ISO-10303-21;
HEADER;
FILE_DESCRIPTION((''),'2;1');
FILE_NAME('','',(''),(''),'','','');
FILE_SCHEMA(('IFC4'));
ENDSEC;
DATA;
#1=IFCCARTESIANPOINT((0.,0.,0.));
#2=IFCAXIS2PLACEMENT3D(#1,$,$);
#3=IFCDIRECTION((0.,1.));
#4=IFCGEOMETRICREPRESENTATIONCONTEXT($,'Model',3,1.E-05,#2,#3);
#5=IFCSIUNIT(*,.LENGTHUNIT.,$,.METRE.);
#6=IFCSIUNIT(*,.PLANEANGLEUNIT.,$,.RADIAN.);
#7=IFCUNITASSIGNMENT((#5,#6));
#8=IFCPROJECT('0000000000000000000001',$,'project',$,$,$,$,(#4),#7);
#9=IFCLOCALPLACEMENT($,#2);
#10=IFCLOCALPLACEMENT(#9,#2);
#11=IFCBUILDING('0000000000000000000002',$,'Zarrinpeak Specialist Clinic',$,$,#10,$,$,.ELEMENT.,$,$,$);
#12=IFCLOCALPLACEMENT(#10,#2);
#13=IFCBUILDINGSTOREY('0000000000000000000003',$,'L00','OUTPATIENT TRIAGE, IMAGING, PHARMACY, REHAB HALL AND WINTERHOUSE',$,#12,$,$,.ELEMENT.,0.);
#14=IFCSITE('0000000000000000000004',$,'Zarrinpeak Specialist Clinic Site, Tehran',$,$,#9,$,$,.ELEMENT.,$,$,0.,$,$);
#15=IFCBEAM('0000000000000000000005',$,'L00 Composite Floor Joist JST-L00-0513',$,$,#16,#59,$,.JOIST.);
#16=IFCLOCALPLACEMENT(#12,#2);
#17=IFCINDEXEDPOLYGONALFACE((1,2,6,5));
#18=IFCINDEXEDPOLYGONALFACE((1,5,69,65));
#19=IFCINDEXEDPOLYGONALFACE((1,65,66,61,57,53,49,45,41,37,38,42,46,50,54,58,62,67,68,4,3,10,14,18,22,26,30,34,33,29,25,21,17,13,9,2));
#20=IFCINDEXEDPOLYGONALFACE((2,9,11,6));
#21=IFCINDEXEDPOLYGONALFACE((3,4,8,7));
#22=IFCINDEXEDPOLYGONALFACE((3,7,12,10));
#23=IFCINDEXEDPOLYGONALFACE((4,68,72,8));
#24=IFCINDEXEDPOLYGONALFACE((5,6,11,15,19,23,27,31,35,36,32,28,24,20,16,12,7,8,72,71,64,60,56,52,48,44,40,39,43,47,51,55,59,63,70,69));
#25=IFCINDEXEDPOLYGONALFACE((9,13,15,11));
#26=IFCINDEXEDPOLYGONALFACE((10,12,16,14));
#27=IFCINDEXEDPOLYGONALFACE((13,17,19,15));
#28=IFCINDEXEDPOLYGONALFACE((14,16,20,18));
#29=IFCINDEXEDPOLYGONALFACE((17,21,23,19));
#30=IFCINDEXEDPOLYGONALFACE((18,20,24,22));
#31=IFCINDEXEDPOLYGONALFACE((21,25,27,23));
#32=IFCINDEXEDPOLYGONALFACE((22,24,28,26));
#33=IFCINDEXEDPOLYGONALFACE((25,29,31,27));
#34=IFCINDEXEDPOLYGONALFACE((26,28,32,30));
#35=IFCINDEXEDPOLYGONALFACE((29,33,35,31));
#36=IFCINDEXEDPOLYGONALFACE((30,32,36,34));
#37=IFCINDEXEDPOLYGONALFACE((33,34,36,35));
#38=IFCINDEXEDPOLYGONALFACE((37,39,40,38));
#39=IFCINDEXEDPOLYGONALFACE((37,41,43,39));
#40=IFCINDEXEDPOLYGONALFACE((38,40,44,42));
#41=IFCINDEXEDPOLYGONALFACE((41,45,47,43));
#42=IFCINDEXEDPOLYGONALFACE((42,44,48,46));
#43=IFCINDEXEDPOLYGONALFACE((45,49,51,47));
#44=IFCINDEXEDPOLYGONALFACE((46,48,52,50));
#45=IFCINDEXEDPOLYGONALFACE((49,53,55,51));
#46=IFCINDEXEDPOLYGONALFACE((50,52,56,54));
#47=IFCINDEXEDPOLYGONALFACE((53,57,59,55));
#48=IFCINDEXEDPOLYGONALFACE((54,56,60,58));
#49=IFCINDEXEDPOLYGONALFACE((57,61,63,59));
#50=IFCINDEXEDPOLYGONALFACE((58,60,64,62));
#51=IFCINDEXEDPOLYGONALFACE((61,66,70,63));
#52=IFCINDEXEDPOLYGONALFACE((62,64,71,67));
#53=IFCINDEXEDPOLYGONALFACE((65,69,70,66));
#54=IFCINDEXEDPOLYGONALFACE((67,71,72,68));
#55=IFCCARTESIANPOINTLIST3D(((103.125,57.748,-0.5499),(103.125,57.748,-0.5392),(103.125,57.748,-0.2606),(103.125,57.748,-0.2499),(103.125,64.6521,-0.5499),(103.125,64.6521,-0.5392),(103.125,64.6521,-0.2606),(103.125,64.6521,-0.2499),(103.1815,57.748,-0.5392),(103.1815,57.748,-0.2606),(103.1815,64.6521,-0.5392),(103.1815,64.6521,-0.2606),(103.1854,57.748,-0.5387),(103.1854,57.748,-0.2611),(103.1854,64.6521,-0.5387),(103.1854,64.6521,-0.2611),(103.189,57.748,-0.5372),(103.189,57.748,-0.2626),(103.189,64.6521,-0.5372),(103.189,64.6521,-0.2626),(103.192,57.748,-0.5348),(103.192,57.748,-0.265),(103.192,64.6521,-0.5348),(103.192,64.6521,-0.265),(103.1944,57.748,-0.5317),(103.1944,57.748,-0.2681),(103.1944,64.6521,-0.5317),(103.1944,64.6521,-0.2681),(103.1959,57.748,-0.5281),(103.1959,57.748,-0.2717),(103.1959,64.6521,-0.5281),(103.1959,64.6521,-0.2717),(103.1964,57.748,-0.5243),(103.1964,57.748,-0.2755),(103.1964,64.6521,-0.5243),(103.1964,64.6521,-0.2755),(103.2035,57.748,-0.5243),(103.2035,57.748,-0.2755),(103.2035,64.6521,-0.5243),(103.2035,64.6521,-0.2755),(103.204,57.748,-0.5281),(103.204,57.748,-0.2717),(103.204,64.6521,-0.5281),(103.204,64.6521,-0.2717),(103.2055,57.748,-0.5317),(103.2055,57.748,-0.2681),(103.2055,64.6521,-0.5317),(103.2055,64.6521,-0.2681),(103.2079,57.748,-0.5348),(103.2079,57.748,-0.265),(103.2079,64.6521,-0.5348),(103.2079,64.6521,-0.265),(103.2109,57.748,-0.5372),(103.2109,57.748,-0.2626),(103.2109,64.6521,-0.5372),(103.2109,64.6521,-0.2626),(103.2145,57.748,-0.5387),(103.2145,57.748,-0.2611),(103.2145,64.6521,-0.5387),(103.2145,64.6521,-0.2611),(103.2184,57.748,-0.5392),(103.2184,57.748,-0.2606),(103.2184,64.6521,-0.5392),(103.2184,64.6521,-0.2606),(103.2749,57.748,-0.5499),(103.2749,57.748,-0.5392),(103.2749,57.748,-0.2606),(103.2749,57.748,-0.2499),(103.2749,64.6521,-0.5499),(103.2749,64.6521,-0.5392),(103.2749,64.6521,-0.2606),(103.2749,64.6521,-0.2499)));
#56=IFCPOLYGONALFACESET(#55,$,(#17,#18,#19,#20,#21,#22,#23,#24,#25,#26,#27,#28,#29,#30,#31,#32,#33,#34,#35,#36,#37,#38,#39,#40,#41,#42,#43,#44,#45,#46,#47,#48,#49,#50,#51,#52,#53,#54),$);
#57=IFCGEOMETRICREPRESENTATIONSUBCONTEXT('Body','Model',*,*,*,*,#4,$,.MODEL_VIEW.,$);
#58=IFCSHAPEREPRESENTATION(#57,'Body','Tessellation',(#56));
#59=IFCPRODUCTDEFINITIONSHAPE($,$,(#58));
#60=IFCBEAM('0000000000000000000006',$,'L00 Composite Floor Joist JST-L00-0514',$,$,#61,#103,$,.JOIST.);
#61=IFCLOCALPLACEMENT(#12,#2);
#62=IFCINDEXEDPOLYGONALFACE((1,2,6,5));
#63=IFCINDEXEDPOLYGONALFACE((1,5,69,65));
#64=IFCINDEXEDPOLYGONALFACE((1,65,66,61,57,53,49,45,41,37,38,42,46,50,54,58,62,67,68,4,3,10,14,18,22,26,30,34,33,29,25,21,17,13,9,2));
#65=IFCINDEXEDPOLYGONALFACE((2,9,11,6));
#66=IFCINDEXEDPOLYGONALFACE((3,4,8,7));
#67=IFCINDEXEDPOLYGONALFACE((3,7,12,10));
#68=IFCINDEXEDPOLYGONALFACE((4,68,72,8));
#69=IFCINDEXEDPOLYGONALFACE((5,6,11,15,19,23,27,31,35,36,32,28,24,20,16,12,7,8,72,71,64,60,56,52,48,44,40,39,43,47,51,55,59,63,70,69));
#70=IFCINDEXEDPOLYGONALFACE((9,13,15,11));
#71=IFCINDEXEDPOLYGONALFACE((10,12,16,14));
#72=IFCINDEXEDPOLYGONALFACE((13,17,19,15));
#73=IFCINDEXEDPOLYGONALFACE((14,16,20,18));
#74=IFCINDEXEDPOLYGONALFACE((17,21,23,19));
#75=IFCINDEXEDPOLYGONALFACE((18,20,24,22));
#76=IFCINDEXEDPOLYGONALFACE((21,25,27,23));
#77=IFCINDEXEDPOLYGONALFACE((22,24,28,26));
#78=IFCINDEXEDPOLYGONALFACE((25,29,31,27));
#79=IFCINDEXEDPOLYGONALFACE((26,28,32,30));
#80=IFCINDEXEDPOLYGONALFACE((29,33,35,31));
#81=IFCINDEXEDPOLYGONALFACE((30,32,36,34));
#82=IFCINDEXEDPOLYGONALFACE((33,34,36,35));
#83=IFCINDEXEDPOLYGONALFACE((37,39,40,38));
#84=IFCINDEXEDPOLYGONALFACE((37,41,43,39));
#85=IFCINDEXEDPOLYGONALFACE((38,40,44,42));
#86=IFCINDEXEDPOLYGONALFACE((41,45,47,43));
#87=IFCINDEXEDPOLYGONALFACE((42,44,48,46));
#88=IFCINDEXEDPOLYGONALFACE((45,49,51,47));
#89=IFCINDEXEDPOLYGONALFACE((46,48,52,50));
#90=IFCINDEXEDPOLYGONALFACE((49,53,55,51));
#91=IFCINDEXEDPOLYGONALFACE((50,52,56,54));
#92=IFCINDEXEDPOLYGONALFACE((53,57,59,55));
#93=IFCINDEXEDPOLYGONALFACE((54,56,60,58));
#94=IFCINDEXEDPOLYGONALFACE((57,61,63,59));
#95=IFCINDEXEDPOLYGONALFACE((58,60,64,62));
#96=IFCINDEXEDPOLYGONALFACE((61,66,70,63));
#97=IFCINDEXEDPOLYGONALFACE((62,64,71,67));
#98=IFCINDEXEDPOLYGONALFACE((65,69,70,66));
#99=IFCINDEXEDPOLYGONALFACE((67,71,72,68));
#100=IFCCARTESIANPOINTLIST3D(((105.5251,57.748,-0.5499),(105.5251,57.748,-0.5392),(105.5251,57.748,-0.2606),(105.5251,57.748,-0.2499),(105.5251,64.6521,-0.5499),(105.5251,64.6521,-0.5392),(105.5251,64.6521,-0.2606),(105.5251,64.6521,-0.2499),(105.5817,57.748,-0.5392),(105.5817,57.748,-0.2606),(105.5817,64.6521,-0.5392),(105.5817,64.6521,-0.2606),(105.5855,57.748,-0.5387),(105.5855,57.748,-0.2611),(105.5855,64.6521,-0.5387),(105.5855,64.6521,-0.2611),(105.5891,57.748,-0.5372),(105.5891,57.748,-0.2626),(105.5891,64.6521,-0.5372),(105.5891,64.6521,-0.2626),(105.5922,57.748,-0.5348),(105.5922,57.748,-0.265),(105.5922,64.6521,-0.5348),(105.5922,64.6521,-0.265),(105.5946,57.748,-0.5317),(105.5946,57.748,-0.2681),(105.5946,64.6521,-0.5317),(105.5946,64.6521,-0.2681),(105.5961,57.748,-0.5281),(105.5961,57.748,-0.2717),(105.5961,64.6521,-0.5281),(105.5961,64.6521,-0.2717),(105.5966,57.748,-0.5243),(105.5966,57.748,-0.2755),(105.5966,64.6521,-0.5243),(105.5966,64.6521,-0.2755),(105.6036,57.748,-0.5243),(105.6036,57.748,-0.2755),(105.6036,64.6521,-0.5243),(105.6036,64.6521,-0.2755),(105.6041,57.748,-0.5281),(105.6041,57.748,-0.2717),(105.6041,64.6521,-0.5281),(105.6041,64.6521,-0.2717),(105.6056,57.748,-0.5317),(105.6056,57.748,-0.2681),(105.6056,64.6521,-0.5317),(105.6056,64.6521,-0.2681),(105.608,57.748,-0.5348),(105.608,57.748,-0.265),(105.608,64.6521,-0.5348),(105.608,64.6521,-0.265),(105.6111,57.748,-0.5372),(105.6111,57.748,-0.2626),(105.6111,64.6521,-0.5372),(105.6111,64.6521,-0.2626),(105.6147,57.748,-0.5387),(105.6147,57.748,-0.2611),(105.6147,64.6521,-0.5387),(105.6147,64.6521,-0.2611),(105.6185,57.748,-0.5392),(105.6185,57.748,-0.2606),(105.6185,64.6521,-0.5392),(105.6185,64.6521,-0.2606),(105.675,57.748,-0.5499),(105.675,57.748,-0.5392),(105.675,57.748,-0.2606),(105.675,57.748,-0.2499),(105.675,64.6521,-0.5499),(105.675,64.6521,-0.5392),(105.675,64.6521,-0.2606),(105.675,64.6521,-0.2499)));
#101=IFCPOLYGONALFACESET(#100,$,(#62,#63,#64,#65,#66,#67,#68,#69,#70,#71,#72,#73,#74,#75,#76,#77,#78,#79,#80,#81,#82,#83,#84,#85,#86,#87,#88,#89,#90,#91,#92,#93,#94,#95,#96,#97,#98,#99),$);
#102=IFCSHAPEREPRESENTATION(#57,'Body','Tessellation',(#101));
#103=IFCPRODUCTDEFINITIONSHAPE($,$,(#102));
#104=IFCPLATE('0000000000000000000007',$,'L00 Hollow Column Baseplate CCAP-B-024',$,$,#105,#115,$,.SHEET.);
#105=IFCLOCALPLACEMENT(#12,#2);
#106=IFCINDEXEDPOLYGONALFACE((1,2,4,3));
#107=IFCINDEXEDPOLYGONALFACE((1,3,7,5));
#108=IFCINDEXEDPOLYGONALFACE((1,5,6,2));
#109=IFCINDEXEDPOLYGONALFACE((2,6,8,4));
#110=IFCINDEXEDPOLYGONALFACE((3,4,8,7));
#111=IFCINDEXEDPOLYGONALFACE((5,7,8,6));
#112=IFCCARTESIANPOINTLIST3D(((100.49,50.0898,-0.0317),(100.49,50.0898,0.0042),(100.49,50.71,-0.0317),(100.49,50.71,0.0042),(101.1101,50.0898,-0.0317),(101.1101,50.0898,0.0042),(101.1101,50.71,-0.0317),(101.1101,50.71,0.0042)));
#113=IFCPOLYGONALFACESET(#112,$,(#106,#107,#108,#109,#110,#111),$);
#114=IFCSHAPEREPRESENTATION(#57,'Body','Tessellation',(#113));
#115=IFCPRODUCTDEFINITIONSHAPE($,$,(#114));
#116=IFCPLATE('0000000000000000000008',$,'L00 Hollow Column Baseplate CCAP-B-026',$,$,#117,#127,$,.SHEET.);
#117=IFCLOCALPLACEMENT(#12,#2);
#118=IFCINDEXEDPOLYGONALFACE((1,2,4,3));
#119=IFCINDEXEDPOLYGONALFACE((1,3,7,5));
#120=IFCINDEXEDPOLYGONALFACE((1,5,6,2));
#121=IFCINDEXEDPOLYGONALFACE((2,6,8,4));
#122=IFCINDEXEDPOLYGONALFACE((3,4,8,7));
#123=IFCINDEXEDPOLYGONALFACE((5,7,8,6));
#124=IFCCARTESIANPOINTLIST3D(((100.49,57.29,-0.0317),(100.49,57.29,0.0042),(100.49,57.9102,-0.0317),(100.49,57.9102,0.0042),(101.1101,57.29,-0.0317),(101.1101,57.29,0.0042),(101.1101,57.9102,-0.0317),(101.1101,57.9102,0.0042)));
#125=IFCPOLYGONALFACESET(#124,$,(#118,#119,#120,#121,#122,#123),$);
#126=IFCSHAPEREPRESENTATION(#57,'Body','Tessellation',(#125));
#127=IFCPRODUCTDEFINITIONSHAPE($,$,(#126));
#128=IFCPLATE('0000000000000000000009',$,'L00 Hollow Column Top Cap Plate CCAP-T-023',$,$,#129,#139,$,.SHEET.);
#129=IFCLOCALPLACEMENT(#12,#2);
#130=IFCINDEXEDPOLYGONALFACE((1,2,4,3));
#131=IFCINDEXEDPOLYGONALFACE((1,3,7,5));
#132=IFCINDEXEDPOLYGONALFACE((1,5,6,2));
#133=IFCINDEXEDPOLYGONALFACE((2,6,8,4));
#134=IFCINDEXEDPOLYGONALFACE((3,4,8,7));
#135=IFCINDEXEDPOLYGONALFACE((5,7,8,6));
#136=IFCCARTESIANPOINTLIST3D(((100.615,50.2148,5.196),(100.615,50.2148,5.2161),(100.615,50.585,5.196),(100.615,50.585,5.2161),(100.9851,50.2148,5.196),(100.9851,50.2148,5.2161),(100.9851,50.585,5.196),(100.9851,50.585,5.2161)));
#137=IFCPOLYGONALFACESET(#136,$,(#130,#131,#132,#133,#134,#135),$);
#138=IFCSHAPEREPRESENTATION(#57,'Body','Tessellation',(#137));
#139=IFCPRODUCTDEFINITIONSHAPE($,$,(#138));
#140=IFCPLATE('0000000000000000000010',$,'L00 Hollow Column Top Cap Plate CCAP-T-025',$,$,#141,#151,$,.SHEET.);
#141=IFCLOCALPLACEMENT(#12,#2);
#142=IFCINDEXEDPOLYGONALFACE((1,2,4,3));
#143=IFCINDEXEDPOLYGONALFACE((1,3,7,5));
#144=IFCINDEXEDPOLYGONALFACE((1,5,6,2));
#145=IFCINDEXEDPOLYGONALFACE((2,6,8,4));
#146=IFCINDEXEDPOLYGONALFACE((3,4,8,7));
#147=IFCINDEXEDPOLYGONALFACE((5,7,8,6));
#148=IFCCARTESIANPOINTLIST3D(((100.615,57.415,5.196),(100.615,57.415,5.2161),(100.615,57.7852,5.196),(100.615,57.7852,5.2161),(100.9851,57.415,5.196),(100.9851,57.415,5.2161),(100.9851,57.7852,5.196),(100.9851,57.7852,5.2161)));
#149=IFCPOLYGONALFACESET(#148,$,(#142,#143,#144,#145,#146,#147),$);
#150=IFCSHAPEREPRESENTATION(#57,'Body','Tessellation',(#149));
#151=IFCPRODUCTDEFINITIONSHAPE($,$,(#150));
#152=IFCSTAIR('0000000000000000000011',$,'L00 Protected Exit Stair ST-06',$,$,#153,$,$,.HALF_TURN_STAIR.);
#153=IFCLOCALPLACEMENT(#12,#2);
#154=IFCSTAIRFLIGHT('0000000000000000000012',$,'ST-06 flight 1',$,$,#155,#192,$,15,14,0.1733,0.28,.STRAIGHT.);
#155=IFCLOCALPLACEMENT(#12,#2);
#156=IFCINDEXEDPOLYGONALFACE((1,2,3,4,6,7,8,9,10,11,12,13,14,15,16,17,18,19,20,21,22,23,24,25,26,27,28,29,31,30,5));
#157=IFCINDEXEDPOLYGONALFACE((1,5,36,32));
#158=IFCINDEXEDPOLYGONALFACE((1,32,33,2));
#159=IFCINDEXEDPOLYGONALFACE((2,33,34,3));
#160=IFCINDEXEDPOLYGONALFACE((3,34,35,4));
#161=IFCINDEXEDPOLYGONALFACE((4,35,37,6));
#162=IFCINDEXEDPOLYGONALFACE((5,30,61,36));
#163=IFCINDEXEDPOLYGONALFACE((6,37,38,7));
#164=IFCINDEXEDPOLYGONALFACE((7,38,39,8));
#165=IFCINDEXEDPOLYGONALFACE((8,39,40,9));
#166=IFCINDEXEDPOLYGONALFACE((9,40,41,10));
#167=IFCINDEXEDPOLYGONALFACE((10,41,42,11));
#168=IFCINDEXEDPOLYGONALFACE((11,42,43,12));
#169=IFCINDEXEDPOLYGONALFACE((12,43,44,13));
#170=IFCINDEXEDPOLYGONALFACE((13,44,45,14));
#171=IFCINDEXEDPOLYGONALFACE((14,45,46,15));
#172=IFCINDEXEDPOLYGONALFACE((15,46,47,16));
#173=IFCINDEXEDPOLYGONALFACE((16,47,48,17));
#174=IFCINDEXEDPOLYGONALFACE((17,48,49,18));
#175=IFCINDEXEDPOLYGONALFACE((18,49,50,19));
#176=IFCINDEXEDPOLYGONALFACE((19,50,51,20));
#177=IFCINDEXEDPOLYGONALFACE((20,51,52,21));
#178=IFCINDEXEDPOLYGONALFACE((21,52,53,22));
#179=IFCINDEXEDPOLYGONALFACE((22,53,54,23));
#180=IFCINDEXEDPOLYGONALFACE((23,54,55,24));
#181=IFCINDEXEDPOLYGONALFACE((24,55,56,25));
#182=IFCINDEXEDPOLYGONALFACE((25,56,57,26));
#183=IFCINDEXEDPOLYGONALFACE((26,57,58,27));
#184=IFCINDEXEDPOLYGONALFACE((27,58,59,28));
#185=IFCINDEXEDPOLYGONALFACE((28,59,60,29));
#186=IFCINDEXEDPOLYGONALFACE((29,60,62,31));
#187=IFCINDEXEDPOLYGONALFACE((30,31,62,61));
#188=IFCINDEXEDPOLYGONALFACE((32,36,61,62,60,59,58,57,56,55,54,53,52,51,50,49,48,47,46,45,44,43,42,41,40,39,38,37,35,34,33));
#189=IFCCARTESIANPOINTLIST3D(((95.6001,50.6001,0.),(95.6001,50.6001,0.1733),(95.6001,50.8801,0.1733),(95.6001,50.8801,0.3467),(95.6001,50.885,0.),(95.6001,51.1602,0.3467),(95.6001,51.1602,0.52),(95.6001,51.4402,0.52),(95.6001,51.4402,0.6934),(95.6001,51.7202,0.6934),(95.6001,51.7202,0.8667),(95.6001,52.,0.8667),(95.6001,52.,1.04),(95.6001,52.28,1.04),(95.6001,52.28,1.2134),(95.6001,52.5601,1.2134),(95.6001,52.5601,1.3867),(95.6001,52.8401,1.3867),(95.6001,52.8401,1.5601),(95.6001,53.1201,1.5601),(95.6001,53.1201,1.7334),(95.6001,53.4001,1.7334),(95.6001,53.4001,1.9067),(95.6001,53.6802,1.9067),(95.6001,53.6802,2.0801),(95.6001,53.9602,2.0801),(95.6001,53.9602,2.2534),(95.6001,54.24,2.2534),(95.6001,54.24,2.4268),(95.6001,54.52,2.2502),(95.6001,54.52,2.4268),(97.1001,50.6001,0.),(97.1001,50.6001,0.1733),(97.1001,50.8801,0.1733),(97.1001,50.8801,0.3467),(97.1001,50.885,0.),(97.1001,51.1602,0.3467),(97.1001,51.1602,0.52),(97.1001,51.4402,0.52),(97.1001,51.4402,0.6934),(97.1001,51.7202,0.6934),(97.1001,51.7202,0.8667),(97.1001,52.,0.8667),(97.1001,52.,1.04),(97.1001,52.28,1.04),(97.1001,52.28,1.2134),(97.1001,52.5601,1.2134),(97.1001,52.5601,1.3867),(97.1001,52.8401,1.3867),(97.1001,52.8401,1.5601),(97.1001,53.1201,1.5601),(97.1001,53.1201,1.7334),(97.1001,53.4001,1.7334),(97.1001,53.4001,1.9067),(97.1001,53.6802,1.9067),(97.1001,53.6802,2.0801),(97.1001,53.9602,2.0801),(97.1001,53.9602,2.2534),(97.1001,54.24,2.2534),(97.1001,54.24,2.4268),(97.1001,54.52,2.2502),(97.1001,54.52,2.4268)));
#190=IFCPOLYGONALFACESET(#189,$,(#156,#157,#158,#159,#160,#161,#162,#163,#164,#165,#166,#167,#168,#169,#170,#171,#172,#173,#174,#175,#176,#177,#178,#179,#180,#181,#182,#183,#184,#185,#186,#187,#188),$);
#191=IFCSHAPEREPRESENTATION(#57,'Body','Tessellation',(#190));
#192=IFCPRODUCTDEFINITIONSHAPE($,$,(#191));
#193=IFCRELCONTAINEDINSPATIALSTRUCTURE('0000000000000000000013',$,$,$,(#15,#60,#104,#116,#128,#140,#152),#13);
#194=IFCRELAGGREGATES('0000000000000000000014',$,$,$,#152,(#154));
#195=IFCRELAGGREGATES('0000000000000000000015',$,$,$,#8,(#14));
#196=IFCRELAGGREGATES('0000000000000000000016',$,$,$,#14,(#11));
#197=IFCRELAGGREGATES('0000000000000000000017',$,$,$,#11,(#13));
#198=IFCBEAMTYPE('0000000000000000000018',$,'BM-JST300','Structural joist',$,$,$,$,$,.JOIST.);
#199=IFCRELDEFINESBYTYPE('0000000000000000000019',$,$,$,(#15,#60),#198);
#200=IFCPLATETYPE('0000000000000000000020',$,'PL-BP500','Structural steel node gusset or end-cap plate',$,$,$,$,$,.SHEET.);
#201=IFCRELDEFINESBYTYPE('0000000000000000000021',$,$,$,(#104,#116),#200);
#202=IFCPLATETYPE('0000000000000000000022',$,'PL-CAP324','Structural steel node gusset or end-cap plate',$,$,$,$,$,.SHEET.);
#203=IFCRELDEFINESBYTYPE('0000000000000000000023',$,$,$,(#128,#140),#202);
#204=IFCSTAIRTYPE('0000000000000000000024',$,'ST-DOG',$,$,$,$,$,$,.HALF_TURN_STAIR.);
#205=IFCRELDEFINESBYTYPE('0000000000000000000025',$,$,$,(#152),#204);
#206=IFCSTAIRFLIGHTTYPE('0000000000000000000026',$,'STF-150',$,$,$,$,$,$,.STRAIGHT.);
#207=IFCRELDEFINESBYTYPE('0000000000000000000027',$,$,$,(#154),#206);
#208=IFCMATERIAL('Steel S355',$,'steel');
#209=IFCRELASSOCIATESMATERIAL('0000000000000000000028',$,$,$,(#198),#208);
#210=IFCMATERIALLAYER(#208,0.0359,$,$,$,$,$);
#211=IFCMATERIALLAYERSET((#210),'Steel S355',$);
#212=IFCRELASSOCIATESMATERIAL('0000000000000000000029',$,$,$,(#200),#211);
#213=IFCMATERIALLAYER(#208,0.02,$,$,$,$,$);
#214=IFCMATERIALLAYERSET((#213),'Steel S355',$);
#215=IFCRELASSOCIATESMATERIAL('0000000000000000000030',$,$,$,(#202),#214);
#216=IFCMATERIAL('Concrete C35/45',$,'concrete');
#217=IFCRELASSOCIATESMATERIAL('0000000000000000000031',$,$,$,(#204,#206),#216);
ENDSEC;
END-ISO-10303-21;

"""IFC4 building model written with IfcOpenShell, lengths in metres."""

from ifc_helpers import new_model, si_unit, direction, frame, origin, origin_2d, place, context, subcontext, project, spatial, polyline, rectangle, i_section, outline, extrude, material, layer, layer_set, material_profile, profile_set, type_object, element, aggregate, save


model = new_model("IFC4")

# Units and contexts
model_context = context("Model", 3, precision=1e-05, world=origin(), true_north=direction((0.0, 1.0)))
body_context = subcontext(model_context, "Body", "Model", "MODEL_VIEW")
ifc_project = project(units=[si_unit("LENGTHUNIT", "METRE"), si_unit("PLANEANGLEUNIT", "RADIAN")], contexts=[model_context])

# Site, building, storey
site_placement = place(None, origin())
site = spatial("IfcSite", under=ifc_project, at=site_placement, Name="Zarrinpeak Specialist Clinic Site, Tehran", CompositionType="ELEMENT", RefElevation=0.0)
building_placement = place(site_placement, origin())
building = spatial("IfcBuilding", under=site, at=building_placement, Name="Zarrinpeak Specialist Clinic", CompositionType="ELEMENT")
storey_placement = place(building_placement, origin())
storey = spatial("IfcBuildingStorey", under=building, at=storey_placement, Name="L00", Description="OUTPATIENT TRIAGE, IMAGING, PHARMACY, REHAB HALL AND WINTERHOUSE", CompositionType="ELEMENT", Elevation=0.0)

# Shared definitions
ifc_material_1 = material(Name="Steel S355", Category="steel")

# Beams
ifc_material_profile_1 = material_profile(ifc_material_1, i_section(OverallWidth=0.1499, OverallDepth=0.3, WebThickness=0.0071, FlangeThickness=0.0107, FilletRadius=0.0149, at=origin_2d()), Name="IPE 300")
ifc_profile_set_1 = profile_set([ifc_material_profile_1], Name="Steel S355")
beam_type_1 = type_object("IfcBeamType", Name="BM-JST300", Description="Structural joist", PredefinedType="JOIST", material=ifc_profile_set_1)
for number, where, z_axis, x_axis, name in (
    (1, (103.2, 57.748, -0.3999), (0.0, 1.0, 0.0), (-1.0, 0.0, 0.0), "L00 Composite Floor Joist JST-L00-0513"),
    (2, (105.6001, 57.748, -0.3999), (0.0, 1.0, 0.0), (-1.0, 0.0, 0.0), "L00 Composite Floor Joist JST-L00-0514"),
):
    element("IfcBeam", number, at=place(storey_placement, frame(where, z_axis=z_axis, x_axis=x_axis)), inside=storey, type_object=beam_type_1, Name=name, PredefinedType="JOIST", context=body_context, shape_type="SweptSolid", body=[
        extrude(i_section(OverallWidth=0.1499, OverallDepth=0.3, WebThickness=0.0071, FlangeThickness=0.0107, FilletRadius=0.0149, at=origin_2d()), origin(), (0.0, 0.0, 1.0), 6.9041),
    ])

# Plates
ifc_layer_1 = layer(ifc_material_1, 0.0359)
ifc_layer_set_1 = layer_set([ifc_layer_1], Name="Steel S355")
plate_type_1 = type_object("IfcPlateType", Name="PL-BP500", Description="Structural steel node gusset or end-cap plate", PredefinedType="SHEET", material=ifc_layer_set_1)
for number, where, z_axis, x_axis, name in (
    (3, (100.8, 50.3999, -0.0317), (0.0, 0.0, 1.0), (1.0, 0.0, 0.0), "L00 Hollow Column Baseplate CCAP-B-024"),
    (4, (100.8, 57.6001, -0.0317), (0.0, 0.0, 1.0), (1.0, 0.0, 0.0), "L00 Hollow Column Baseplate CCAP-B-026"),
):
    element("IfcPlate", number, at=place(storey_placement, frame(where, z_axis=z_axis, x_axis=x_axis)), inside=storey, type_object=plate_type_1, Name=name, PredefinedType="SHEET", context=body_context, shape_type="SweptSolid", body=[
        extrude(rectangle(XDim=0.6201, YDim=0.6201, at=origin_2d()), origin(), (0.0, 0.0, 1.0), 0.0359),
    ])
ifc_layer_2 = layer(ifc_material_1, 0.02)
ifc_layer_set_2 = layer_set([ifc_layer_2], Name="Steel S355")
plate_type_2 = type_object("IfcPlateType", Name="PL-CAP324", Description="Structural steel node gusset or end-cap plate", PredefinedType="SHEET", material=ifc_layer_set_2)
for number, where, z_axis, x_axis, name in (
    (5, (100.8, 50.3999, 5.196), (0.0, 0.0, 1.0), (1.0, 0.0, 0.0), "L00 Hollow Column Top Cap Plate CCAP-T-023"),
    (6, (100.8, 57.6001, 5.196), (0.0, 0.0, 1.0), (1.0, 0.0, 0.0), "L00 Hollow Column Top Cap Plate CCAP-T-025"),
):
    element("IfcPlate", number, at=place(storey_placement, frame(where, z_axis=z_axis, x_axis=x_axis)), inside=storey, type_object=plate_type_2, Name=name, PredefinedType="SHEET", context=body_context, shape_type="SweptSolid", body=[
        extrude(rectangle(XDim=0.3701, YDim=0.3701, at=origin_2d()), origin(), (0.0, 0.0, 1.0), 0.02),
    ])

# Stair, stair flight
ifc_material_2 = material(Name="Concrete C35/45", Category="concrete")
stair_type = type_object("IfcStairType", Name="ST-DOG", PredefinedType="HALF_TURN_STAIR", material=ifc_material_2)
stair_placement = place(storey_placement, origin())
stair = element("IfcStair", 7, at=stair_placement, inside=storey, type_object=stair_type, Name="L00 Protected Exit Stair ST-06", PredefinedType="HALF_TURN_STAIR")
stair_flight_type = type_object("IfcStairFlightType", Name="STF-150", PredefinedType="STRAIGHT", material=ifc_material_2)
stair_flight_1_placement = place(storey_placement, frame((96.3501, 50.6001, 0.0), z_axis=(0.0, 0.0, 1.0), x_axis=(0.0, 1.0, 0.0)))
stair_flight_1 = element("IfcStairFlight", 8, at=stair_flight_1_placement, type_object=stair_flight_type, Name="ST-06 flight 1", NumberOfRisers=15, NumberOfTreads=14, PredefinedType="STRAIGHT", RiserHeight=0.1733, TreadLength=0.28, context=body_context, shape_type="SweptSolid", body=[
    extrude(outline(polyline([(0.0, 0.0), (0.0, 0.1733), (0.28, 0.1733), (0.28, 0.3467), (0.5601, 0.3467), (0.5601, 0.52), (0.8401, 0.52), (0.8401, 0.6934), (1.1201, 0.6934), (1.1201, 0.8667), (1.3999, 0.8667), (1.3999, 1.04), (1.6799, 1.04), (1.6799, 1.2134), (1.96, 1.2134), (1.96, 1.3867), (2.24, 1.3867), (2.24, 1.5601), (2.52, 1.5601), (2.52, 1.7334), (2.8, 1.7334), (2.8, 1.9067), (3.0801, 1.9067), (3.0801, 2.0801), (3.3601, 2.0801), (3.3601, 2.2534), (3.6399, 2.2534), (3.6399, 2.4268), (3.9199, 2.4268), (3.9199, 2.6001), (3.9199, 2.2502), (0.2849, 0.0), (0.0, 0.0)])), frame((0.0, 0.75, 0.0), z_axis=(0.0, -1.0, 0.0), x_axis=(1.0, 0.0, 0.0)), (0.0, 0.0, 1.0), 1.5),
])
aggregate(stair, [stair_flight_1])

save(model, "model.ifc")
